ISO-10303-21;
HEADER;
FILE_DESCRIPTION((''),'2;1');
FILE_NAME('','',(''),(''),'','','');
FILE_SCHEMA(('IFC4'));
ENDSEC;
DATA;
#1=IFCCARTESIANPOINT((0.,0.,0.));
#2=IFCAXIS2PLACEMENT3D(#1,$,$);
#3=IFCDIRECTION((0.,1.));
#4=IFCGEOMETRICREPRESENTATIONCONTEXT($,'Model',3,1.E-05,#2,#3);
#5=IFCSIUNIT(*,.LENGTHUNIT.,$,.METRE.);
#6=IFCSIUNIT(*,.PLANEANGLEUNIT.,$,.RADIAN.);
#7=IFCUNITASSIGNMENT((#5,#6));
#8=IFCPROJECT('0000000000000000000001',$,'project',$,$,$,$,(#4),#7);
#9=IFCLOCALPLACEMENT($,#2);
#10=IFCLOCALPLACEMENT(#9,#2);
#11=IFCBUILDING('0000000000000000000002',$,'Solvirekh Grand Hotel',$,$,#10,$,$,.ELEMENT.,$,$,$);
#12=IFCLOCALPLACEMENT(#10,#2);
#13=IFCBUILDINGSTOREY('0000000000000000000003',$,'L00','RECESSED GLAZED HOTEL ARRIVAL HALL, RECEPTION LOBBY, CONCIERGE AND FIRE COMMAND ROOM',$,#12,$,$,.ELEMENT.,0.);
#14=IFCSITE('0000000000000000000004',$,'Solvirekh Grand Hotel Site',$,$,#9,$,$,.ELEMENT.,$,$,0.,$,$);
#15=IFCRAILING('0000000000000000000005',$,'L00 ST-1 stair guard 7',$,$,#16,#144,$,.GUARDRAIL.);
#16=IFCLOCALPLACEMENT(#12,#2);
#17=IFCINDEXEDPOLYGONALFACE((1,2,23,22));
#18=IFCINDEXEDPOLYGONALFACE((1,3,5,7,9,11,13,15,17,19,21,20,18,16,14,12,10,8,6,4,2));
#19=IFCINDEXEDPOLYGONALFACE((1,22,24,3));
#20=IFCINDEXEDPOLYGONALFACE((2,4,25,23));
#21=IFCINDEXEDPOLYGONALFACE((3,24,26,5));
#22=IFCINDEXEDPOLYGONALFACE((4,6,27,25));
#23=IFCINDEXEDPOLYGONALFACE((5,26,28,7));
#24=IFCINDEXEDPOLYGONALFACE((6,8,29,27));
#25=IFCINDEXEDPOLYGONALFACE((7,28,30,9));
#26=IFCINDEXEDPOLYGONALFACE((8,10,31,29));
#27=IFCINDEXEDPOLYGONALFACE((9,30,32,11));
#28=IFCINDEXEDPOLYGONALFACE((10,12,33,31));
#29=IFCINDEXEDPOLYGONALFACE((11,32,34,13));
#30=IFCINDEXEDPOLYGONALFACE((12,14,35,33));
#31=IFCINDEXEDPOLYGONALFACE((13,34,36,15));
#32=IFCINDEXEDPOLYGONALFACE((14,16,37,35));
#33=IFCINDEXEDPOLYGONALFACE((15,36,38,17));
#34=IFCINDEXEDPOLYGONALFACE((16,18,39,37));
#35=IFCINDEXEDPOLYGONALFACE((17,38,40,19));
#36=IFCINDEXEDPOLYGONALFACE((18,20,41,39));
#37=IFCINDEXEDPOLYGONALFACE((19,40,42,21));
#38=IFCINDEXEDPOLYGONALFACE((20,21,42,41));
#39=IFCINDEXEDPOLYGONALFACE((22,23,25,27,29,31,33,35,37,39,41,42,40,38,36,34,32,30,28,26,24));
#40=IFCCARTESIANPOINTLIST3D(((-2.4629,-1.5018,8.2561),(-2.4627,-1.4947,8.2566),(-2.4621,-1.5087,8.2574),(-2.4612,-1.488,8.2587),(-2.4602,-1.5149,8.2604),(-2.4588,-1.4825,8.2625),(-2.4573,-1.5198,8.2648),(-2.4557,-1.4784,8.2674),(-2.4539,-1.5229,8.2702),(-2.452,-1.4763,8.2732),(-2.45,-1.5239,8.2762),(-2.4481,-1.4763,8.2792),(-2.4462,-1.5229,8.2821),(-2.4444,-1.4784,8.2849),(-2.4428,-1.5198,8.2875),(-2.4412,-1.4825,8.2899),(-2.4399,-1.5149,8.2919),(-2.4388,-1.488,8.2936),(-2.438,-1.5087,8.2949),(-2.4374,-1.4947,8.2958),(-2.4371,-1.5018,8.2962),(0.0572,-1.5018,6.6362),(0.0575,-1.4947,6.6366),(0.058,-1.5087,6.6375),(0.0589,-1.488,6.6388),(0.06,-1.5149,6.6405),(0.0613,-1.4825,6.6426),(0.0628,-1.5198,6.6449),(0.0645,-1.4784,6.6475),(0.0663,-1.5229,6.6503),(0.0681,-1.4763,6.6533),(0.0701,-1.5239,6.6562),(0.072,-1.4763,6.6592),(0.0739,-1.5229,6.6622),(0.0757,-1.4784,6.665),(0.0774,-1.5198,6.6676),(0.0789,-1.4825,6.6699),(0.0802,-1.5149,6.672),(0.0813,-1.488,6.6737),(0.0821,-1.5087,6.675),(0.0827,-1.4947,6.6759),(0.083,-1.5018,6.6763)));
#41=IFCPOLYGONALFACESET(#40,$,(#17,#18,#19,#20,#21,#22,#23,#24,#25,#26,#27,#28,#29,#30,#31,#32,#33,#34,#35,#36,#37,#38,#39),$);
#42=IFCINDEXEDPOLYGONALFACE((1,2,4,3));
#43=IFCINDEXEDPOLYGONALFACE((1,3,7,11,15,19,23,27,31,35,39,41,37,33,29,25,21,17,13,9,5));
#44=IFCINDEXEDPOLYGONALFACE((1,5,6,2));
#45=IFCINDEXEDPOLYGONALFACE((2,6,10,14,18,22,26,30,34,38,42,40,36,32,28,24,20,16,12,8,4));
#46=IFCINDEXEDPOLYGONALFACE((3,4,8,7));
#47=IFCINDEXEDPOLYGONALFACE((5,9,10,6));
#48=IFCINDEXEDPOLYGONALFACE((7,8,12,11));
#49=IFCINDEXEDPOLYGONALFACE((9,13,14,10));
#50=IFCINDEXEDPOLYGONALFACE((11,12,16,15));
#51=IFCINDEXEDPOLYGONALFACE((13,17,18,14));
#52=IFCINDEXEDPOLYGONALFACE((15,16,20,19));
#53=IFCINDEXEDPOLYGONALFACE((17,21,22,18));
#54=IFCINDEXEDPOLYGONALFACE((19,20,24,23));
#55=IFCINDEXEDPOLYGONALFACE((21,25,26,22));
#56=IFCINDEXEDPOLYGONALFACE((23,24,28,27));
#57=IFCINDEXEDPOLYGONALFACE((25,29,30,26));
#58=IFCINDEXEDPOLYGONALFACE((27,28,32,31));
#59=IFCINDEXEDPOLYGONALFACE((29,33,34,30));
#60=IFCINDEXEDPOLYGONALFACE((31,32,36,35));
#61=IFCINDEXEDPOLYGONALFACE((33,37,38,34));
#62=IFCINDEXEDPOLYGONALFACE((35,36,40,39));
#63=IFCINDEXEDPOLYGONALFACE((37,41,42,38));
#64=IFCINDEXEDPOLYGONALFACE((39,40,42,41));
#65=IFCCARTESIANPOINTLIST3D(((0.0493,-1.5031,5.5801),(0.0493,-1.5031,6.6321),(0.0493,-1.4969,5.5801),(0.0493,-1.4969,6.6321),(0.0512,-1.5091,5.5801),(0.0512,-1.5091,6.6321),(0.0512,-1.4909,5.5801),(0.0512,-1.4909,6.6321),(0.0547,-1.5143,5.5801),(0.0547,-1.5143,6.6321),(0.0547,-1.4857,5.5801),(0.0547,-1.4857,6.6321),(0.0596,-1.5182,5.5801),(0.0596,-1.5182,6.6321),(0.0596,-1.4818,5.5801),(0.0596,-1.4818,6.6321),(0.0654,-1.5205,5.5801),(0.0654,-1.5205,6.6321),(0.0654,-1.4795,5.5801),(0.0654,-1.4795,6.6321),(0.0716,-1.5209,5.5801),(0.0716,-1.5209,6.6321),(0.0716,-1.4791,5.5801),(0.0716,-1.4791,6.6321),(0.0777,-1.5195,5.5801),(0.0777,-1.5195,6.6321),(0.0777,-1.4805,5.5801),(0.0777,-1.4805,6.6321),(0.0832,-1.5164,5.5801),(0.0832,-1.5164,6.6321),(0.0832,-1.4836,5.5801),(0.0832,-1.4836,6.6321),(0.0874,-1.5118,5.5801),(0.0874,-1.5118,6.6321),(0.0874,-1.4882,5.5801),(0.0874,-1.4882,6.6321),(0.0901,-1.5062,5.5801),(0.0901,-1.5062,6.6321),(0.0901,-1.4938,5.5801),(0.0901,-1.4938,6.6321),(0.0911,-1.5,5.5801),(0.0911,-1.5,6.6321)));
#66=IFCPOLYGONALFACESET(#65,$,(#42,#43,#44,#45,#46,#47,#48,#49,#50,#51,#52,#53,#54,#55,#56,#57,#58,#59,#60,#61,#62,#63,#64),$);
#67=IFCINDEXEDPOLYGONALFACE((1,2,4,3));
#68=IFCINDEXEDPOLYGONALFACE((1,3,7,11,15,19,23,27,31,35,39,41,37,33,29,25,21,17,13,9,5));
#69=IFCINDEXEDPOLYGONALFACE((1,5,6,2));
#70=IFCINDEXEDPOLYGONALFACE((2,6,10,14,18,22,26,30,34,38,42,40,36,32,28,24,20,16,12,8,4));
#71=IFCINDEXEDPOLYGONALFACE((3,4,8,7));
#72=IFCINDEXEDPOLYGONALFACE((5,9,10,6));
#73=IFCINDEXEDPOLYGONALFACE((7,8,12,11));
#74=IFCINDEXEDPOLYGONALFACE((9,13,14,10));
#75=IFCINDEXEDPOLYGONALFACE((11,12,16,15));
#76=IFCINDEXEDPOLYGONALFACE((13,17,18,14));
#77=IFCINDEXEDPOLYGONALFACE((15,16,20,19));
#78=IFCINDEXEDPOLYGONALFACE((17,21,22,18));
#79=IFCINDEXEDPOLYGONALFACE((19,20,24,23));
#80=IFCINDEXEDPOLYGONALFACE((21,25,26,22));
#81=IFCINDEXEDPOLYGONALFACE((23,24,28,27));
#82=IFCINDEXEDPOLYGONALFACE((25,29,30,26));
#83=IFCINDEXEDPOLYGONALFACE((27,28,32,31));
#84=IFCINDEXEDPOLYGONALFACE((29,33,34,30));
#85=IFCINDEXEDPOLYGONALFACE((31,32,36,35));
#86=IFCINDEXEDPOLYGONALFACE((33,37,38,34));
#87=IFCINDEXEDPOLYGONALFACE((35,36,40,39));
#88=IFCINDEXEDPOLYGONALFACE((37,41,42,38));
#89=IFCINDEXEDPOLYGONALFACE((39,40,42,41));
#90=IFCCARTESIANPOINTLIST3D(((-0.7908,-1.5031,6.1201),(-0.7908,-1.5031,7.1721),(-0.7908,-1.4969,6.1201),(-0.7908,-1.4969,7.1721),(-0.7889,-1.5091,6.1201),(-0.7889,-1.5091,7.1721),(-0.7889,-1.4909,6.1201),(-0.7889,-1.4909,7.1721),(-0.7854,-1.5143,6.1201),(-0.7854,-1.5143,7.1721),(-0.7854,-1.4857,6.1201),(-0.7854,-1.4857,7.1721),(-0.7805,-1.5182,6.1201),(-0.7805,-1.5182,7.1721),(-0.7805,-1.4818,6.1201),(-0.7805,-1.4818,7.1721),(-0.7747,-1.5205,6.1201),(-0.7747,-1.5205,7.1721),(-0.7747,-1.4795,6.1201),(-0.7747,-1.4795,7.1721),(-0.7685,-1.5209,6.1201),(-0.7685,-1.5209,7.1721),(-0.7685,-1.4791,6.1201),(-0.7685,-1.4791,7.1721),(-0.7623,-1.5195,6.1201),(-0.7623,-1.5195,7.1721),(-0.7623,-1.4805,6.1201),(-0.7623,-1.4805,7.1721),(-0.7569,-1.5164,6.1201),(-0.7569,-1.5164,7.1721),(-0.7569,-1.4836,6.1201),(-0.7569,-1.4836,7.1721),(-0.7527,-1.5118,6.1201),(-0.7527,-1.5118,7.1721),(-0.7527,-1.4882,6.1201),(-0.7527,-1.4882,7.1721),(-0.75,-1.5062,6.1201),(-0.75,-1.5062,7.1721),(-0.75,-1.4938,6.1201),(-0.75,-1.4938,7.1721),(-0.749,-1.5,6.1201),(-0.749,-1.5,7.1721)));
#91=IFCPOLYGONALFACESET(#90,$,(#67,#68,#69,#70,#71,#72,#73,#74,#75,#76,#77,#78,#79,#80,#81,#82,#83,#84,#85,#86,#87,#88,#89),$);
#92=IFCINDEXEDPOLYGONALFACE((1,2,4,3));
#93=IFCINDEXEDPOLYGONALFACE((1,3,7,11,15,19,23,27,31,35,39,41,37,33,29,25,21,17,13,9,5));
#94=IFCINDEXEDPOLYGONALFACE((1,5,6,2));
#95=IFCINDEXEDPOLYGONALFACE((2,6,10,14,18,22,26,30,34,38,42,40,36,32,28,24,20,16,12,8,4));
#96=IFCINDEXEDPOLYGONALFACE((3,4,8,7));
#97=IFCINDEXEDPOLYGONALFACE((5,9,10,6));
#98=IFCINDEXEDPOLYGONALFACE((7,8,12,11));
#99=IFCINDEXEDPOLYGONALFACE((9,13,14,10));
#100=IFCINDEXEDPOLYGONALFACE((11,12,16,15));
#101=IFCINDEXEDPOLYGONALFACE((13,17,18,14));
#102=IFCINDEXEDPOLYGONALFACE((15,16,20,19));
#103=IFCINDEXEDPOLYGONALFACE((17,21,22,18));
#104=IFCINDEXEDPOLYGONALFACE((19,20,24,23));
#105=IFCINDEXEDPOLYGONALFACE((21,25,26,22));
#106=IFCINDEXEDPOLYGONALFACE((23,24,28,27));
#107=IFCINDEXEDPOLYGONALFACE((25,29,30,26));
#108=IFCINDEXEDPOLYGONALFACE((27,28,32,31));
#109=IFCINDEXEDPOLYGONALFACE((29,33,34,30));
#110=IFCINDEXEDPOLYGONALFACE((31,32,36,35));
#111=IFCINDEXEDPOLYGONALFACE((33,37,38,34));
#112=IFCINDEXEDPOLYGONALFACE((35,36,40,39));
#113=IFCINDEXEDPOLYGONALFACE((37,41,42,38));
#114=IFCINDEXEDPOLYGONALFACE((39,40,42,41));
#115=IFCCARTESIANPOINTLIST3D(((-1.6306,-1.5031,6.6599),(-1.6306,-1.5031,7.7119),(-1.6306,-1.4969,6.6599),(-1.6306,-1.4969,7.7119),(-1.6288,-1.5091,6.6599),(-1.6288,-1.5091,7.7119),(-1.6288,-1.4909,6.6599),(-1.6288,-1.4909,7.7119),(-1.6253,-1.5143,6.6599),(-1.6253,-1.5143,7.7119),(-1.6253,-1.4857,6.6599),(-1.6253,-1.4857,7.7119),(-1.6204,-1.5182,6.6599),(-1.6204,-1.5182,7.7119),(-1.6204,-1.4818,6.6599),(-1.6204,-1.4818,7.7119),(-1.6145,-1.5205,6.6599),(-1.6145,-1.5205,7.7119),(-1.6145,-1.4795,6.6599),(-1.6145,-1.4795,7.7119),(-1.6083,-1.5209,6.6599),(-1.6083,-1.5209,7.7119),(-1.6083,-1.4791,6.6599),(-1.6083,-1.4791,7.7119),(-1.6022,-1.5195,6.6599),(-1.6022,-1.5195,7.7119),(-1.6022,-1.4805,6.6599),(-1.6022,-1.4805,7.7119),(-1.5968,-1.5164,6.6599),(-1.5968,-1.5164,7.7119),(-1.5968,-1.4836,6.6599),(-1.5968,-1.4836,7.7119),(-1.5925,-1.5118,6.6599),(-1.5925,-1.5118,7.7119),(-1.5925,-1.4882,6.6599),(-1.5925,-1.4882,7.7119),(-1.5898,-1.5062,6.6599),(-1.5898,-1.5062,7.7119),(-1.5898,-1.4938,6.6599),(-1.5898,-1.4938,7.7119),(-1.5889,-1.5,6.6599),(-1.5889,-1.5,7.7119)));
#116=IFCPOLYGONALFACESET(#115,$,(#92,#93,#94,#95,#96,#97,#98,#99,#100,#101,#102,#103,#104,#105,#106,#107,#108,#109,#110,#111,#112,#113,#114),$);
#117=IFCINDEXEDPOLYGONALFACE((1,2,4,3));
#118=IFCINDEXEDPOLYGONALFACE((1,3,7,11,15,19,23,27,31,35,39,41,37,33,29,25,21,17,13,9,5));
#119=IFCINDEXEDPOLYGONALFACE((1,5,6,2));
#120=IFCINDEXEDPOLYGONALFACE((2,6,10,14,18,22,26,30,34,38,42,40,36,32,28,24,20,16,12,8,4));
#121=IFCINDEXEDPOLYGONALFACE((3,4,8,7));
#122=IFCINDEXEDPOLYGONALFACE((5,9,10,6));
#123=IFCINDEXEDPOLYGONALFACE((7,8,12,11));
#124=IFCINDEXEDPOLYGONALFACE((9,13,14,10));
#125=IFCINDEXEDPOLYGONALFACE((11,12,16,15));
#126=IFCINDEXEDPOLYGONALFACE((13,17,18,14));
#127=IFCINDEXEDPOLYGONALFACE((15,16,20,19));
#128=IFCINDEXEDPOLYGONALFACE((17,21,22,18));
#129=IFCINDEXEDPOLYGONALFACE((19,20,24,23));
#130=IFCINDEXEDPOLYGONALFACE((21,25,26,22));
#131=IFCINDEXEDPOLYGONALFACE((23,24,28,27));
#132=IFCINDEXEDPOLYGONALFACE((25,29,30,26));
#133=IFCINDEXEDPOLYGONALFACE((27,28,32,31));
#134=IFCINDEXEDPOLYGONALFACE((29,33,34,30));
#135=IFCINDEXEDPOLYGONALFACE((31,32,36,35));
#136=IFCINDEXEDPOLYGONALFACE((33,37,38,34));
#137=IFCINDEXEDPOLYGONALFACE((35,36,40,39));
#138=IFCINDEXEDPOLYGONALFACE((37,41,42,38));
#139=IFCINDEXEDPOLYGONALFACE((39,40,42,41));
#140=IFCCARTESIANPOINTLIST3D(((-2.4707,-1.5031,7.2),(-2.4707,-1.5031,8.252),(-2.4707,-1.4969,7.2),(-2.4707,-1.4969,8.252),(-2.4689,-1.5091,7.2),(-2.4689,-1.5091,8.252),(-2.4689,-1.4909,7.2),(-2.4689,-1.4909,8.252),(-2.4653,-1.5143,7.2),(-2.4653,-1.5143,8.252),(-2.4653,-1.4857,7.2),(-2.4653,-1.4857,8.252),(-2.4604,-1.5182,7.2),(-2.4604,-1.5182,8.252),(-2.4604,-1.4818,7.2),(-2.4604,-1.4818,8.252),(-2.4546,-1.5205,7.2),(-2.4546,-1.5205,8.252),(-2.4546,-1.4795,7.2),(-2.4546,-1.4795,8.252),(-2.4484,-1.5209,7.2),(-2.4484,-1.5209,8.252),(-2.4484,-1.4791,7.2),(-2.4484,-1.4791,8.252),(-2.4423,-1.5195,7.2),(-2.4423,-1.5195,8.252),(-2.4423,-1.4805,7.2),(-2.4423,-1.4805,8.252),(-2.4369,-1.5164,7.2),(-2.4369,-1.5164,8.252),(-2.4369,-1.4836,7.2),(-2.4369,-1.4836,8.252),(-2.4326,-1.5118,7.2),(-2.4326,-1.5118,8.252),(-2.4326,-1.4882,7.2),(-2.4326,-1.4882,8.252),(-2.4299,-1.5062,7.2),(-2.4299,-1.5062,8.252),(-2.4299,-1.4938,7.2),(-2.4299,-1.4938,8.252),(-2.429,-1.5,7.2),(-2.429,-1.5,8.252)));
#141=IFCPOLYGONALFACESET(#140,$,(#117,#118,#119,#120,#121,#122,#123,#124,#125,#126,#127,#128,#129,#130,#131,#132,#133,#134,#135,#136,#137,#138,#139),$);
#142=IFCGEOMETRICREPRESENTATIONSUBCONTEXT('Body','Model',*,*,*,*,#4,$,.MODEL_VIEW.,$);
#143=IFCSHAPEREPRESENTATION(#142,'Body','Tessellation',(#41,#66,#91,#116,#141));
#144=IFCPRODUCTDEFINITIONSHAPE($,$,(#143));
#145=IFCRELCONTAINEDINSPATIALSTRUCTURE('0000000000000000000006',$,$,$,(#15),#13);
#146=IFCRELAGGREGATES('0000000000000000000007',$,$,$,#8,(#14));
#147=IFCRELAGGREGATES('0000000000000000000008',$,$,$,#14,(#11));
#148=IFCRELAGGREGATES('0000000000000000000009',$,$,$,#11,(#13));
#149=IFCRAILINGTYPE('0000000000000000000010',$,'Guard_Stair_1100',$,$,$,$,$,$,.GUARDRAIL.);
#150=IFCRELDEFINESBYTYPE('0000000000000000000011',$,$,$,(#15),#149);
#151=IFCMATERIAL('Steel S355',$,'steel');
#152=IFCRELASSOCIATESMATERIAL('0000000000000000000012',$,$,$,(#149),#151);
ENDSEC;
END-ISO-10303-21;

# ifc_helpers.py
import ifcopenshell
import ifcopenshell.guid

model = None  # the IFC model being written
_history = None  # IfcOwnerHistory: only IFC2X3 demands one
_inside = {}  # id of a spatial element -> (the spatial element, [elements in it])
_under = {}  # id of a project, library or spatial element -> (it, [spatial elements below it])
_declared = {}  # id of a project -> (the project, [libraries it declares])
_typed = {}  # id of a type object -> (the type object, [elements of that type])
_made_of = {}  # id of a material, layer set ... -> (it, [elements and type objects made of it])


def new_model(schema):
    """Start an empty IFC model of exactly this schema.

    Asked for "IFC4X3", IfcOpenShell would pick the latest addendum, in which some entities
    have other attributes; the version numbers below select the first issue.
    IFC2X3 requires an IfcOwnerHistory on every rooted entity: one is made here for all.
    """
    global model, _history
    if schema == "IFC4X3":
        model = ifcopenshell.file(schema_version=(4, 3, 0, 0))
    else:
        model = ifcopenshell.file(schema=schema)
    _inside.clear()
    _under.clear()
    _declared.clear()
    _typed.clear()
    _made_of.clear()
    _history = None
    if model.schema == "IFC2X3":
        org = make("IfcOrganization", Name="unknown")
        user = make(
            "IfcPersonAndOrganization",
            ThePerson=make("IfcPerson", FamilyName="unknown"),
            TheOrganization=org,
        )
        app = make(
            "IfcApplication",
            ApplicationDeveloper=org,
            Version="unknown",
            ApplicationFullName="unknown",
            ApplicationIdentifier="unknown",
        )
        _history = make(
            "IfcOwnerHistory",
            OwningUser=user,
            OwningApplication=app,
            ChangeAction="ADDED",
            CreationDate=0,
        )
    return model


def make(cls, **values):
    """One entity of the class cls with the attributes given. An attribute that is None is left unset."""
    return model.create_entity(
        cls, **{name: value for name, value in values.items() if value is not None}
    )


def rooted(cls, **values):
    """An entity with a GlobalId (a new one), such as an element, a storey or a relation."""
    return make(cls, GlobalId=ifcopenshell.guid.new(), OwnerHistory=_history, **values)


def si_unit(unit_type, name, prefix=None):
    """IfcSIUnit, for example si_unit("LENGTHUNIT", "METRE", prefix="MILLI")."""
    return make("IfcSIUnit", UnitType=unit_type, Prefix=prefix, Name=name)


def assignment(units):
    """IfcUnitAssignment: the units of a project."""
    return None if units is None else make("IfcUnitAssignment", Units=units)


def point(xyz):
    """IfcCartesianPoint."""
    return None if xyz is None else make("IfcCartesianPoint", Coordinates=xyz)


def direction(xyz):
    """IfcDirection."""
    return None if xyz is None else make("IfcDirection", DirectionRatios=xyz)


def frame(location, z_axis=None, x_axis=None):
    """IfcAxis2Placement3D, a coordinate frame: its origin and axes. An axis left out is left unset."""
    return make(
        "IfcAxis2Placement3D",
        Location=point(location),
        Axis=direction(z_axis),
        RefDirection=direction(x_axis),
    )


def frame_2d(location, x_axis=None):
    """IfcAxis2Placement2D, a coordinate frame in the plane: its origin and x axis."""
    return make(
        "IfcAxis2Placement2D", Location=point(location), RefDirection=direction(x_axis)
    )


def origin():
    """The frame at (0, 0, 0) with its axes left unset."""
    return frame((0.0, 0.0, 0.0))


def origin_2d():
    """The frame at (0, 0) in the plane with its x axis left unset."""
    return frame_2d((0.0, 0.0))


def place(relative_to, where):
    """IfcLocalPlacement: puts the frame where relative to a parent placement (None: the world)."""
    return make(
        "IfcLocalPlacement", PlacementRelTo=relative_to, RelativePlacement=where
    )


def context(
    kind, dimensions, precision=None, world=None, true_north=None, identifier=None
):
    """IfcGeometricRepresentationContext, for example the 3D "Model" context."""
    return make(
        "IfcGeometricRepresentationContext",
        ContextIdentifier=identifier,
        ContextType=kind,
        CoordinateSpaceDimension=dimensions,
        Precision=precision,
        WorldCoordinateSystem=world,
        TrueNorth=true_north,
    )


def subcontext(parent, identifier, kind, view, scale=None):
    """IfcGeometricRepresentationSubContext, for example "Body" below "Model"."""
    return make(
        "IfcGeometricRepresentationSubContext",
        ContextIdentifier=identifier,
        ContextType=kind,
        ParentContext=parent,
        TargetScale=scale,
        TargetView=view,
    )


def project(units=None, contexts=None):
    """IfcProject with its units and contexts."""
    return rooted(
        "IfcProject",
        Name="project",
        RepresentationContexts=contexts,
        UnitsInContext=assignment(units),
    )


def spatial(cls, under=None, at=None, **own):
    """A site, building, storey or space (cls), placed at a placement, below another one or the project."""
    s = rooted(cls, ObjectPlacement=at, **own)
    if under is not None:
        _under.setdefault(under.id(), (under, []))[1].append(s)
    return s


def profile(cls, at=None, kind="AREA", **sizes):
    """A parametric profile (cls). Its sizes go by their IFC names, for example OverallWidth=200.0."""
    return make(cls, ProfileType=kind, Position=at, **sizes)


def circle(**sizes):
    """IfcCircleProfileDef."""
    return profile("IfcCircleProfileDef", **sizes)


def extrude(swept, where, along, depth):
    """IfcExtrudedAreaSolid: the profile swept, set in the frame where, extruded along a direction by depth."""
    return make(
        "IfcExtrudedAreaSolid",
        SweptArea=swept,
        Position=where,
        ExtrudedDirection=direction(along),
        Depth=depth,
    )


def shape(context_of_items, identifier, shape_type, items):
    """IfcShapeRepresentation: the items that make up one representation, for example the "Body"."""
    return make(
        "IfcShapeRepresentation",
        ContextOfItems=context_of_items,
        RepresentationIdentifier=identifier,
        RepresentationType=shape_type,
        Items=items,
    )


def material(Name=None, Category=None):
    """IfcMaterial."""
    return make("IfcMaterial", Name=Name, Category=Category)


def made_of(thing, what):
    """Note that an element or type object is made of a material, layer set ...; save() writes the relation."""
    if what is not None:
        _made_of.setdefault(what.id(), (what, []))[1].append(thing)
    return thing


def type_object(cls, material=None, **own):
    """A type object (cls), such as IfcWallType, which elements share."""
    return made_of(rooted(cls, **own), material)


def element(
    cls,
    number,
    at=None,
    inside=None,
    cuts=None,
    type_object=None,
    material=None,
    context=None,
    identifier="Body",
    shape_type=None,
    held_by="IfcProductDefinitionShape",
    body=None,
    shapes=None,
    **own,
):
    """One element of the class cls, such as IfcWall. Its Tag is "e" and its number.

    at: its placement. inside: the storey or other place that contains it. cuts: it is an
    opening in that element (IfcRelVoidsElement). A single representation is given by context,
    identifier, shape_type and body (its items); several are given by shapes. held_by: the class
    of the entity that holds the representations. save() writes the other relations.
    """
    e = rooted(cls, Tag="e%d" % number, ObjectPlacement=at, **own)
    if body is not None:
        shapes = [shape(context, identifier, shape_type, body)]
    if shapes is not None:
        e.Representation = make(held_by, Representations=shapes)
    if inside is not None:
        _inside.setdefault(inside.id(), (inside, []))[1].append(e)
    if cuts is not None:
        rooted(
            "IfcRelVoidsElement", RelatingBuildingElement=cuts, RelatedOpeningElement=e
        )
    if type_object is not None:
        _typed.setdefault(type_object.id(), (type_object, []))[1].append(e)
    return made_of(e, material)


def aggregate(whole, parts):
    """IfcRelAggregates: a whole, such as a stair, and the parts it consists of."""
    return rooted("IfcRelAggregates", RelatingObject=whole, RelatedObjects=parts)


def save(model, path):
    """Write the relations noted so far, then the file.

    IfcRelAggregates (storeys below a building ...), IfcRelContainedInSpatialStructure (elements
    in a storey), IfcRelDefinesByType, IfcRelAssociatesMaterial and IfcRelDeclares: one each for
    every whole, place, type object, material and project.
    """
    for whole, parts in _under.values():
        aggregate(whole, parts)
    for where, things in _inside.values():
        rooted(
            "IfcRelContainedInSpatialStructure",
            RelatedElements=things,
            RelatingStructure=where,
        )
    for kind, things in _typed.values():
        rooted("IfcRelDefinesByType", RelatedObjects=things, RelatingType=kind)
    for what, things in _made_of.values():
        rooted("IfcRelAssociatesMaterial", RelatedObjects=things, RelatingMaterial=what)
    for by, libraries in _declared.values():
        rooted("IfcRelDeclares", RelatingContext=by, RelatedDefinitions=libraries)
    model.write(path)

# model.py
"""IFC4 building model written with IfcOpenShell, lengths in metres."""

from ifc_helpers import new_model, si_unit, direction, frame, origin, origin_2d, place, context, subcontext, project, spatial, circle, extrude, material, type_object, element, save


model = new_model("IFC4")

# Units and contexts
model_context = context("Model", 3, precision=1e-05, world=origin(), true_north=direction((0.0, 1.0)))
body_context = subcontext(model_context, "Body", "Model", "MODEL_VIEW")
ifc_project = project(units=[si_unit("LENGTHUNIT", "METRE"), si_unit("PLANEANGLEUNIT", "RADIAN")], contexts=[model_context])

# Site, building, storey
site_placement = place(None, origin())
site = spatial("IfcSite", under=ifc_project, at=site_placement, Name="Solvirekh Grand Hotel Site", CompositionType="ELEMENT", RefElevation=0.0)
building_placement = place(site_placement, origin())
building = spatial("IfcBuilding", under=site, at=building_placement, Name="Solvirekh Grand Hotel", CompositionType="ELEMENT")
storey_placement = place(building_placement, origin())
storey = spatial("IfcBuildingStorey", under=building, at=storey_placement, Name="L00", Description="RECESSED GLAZED HOTEL ARRIVAL HALL, RECEPTION LOBBY, CONCIERGE AND FIRE COMMAND ROOM", CompositionType="ELEMENT", Elevation=0.0)

# Shared definitions
ifc_material_1 = material(Name="Steel S355", Category="steel")

# Railing
railing_type_1 = type_object("IfcRailingType", Name="Guard_Stair_1100", PredefinedType="GUARDRAIL", material=ifc_material_1)
railing_1_placement = place(storey_placement, frame((0.0701, -1.5, 5.5801)))
element("IfcRailing", 1, at=railing_1_placement, inside=storey, type_object=railing_type_1, Name="L00 ST-1 stair guard 7", PredefinedType="GUARDRAIL", context=body_context, shape_type="SweptSolid", body=[
    extrude(circle(Radius=0.0239, at=origin_2d()), frame((0.0, 0.0, 1.0762), z_axis=(-0.8412, 0.0, 0.540725), x_axis=(0.0, -1.0, 0.0)), (0.0, 0.0, 1.0), 2.9958),
    extrude(circle(Radius=0.021, at=origin_2d()), origin(), (0.0, 0.0, 1.0), 1.052),
    extrude(circle(Radius=0.021, at=origin_2d()), frame((-0.8401, 0.0, 0.54)), (0.0, 0.0, 1.0), 1.052),
    extrude(circle(Radius=0.021, at=origin_2d()), frame((-1.6799, 0.0, 1.0798)), (0.0, 0.0, 1.0), 1.052),
    extrude(circle(Radius=0.021, at=origin_2d()), frame((-2.52, 0.0, 1.6199)), (0.0, 0.0, 1.0), 1.052),
])

save(model, "model.ifc")
